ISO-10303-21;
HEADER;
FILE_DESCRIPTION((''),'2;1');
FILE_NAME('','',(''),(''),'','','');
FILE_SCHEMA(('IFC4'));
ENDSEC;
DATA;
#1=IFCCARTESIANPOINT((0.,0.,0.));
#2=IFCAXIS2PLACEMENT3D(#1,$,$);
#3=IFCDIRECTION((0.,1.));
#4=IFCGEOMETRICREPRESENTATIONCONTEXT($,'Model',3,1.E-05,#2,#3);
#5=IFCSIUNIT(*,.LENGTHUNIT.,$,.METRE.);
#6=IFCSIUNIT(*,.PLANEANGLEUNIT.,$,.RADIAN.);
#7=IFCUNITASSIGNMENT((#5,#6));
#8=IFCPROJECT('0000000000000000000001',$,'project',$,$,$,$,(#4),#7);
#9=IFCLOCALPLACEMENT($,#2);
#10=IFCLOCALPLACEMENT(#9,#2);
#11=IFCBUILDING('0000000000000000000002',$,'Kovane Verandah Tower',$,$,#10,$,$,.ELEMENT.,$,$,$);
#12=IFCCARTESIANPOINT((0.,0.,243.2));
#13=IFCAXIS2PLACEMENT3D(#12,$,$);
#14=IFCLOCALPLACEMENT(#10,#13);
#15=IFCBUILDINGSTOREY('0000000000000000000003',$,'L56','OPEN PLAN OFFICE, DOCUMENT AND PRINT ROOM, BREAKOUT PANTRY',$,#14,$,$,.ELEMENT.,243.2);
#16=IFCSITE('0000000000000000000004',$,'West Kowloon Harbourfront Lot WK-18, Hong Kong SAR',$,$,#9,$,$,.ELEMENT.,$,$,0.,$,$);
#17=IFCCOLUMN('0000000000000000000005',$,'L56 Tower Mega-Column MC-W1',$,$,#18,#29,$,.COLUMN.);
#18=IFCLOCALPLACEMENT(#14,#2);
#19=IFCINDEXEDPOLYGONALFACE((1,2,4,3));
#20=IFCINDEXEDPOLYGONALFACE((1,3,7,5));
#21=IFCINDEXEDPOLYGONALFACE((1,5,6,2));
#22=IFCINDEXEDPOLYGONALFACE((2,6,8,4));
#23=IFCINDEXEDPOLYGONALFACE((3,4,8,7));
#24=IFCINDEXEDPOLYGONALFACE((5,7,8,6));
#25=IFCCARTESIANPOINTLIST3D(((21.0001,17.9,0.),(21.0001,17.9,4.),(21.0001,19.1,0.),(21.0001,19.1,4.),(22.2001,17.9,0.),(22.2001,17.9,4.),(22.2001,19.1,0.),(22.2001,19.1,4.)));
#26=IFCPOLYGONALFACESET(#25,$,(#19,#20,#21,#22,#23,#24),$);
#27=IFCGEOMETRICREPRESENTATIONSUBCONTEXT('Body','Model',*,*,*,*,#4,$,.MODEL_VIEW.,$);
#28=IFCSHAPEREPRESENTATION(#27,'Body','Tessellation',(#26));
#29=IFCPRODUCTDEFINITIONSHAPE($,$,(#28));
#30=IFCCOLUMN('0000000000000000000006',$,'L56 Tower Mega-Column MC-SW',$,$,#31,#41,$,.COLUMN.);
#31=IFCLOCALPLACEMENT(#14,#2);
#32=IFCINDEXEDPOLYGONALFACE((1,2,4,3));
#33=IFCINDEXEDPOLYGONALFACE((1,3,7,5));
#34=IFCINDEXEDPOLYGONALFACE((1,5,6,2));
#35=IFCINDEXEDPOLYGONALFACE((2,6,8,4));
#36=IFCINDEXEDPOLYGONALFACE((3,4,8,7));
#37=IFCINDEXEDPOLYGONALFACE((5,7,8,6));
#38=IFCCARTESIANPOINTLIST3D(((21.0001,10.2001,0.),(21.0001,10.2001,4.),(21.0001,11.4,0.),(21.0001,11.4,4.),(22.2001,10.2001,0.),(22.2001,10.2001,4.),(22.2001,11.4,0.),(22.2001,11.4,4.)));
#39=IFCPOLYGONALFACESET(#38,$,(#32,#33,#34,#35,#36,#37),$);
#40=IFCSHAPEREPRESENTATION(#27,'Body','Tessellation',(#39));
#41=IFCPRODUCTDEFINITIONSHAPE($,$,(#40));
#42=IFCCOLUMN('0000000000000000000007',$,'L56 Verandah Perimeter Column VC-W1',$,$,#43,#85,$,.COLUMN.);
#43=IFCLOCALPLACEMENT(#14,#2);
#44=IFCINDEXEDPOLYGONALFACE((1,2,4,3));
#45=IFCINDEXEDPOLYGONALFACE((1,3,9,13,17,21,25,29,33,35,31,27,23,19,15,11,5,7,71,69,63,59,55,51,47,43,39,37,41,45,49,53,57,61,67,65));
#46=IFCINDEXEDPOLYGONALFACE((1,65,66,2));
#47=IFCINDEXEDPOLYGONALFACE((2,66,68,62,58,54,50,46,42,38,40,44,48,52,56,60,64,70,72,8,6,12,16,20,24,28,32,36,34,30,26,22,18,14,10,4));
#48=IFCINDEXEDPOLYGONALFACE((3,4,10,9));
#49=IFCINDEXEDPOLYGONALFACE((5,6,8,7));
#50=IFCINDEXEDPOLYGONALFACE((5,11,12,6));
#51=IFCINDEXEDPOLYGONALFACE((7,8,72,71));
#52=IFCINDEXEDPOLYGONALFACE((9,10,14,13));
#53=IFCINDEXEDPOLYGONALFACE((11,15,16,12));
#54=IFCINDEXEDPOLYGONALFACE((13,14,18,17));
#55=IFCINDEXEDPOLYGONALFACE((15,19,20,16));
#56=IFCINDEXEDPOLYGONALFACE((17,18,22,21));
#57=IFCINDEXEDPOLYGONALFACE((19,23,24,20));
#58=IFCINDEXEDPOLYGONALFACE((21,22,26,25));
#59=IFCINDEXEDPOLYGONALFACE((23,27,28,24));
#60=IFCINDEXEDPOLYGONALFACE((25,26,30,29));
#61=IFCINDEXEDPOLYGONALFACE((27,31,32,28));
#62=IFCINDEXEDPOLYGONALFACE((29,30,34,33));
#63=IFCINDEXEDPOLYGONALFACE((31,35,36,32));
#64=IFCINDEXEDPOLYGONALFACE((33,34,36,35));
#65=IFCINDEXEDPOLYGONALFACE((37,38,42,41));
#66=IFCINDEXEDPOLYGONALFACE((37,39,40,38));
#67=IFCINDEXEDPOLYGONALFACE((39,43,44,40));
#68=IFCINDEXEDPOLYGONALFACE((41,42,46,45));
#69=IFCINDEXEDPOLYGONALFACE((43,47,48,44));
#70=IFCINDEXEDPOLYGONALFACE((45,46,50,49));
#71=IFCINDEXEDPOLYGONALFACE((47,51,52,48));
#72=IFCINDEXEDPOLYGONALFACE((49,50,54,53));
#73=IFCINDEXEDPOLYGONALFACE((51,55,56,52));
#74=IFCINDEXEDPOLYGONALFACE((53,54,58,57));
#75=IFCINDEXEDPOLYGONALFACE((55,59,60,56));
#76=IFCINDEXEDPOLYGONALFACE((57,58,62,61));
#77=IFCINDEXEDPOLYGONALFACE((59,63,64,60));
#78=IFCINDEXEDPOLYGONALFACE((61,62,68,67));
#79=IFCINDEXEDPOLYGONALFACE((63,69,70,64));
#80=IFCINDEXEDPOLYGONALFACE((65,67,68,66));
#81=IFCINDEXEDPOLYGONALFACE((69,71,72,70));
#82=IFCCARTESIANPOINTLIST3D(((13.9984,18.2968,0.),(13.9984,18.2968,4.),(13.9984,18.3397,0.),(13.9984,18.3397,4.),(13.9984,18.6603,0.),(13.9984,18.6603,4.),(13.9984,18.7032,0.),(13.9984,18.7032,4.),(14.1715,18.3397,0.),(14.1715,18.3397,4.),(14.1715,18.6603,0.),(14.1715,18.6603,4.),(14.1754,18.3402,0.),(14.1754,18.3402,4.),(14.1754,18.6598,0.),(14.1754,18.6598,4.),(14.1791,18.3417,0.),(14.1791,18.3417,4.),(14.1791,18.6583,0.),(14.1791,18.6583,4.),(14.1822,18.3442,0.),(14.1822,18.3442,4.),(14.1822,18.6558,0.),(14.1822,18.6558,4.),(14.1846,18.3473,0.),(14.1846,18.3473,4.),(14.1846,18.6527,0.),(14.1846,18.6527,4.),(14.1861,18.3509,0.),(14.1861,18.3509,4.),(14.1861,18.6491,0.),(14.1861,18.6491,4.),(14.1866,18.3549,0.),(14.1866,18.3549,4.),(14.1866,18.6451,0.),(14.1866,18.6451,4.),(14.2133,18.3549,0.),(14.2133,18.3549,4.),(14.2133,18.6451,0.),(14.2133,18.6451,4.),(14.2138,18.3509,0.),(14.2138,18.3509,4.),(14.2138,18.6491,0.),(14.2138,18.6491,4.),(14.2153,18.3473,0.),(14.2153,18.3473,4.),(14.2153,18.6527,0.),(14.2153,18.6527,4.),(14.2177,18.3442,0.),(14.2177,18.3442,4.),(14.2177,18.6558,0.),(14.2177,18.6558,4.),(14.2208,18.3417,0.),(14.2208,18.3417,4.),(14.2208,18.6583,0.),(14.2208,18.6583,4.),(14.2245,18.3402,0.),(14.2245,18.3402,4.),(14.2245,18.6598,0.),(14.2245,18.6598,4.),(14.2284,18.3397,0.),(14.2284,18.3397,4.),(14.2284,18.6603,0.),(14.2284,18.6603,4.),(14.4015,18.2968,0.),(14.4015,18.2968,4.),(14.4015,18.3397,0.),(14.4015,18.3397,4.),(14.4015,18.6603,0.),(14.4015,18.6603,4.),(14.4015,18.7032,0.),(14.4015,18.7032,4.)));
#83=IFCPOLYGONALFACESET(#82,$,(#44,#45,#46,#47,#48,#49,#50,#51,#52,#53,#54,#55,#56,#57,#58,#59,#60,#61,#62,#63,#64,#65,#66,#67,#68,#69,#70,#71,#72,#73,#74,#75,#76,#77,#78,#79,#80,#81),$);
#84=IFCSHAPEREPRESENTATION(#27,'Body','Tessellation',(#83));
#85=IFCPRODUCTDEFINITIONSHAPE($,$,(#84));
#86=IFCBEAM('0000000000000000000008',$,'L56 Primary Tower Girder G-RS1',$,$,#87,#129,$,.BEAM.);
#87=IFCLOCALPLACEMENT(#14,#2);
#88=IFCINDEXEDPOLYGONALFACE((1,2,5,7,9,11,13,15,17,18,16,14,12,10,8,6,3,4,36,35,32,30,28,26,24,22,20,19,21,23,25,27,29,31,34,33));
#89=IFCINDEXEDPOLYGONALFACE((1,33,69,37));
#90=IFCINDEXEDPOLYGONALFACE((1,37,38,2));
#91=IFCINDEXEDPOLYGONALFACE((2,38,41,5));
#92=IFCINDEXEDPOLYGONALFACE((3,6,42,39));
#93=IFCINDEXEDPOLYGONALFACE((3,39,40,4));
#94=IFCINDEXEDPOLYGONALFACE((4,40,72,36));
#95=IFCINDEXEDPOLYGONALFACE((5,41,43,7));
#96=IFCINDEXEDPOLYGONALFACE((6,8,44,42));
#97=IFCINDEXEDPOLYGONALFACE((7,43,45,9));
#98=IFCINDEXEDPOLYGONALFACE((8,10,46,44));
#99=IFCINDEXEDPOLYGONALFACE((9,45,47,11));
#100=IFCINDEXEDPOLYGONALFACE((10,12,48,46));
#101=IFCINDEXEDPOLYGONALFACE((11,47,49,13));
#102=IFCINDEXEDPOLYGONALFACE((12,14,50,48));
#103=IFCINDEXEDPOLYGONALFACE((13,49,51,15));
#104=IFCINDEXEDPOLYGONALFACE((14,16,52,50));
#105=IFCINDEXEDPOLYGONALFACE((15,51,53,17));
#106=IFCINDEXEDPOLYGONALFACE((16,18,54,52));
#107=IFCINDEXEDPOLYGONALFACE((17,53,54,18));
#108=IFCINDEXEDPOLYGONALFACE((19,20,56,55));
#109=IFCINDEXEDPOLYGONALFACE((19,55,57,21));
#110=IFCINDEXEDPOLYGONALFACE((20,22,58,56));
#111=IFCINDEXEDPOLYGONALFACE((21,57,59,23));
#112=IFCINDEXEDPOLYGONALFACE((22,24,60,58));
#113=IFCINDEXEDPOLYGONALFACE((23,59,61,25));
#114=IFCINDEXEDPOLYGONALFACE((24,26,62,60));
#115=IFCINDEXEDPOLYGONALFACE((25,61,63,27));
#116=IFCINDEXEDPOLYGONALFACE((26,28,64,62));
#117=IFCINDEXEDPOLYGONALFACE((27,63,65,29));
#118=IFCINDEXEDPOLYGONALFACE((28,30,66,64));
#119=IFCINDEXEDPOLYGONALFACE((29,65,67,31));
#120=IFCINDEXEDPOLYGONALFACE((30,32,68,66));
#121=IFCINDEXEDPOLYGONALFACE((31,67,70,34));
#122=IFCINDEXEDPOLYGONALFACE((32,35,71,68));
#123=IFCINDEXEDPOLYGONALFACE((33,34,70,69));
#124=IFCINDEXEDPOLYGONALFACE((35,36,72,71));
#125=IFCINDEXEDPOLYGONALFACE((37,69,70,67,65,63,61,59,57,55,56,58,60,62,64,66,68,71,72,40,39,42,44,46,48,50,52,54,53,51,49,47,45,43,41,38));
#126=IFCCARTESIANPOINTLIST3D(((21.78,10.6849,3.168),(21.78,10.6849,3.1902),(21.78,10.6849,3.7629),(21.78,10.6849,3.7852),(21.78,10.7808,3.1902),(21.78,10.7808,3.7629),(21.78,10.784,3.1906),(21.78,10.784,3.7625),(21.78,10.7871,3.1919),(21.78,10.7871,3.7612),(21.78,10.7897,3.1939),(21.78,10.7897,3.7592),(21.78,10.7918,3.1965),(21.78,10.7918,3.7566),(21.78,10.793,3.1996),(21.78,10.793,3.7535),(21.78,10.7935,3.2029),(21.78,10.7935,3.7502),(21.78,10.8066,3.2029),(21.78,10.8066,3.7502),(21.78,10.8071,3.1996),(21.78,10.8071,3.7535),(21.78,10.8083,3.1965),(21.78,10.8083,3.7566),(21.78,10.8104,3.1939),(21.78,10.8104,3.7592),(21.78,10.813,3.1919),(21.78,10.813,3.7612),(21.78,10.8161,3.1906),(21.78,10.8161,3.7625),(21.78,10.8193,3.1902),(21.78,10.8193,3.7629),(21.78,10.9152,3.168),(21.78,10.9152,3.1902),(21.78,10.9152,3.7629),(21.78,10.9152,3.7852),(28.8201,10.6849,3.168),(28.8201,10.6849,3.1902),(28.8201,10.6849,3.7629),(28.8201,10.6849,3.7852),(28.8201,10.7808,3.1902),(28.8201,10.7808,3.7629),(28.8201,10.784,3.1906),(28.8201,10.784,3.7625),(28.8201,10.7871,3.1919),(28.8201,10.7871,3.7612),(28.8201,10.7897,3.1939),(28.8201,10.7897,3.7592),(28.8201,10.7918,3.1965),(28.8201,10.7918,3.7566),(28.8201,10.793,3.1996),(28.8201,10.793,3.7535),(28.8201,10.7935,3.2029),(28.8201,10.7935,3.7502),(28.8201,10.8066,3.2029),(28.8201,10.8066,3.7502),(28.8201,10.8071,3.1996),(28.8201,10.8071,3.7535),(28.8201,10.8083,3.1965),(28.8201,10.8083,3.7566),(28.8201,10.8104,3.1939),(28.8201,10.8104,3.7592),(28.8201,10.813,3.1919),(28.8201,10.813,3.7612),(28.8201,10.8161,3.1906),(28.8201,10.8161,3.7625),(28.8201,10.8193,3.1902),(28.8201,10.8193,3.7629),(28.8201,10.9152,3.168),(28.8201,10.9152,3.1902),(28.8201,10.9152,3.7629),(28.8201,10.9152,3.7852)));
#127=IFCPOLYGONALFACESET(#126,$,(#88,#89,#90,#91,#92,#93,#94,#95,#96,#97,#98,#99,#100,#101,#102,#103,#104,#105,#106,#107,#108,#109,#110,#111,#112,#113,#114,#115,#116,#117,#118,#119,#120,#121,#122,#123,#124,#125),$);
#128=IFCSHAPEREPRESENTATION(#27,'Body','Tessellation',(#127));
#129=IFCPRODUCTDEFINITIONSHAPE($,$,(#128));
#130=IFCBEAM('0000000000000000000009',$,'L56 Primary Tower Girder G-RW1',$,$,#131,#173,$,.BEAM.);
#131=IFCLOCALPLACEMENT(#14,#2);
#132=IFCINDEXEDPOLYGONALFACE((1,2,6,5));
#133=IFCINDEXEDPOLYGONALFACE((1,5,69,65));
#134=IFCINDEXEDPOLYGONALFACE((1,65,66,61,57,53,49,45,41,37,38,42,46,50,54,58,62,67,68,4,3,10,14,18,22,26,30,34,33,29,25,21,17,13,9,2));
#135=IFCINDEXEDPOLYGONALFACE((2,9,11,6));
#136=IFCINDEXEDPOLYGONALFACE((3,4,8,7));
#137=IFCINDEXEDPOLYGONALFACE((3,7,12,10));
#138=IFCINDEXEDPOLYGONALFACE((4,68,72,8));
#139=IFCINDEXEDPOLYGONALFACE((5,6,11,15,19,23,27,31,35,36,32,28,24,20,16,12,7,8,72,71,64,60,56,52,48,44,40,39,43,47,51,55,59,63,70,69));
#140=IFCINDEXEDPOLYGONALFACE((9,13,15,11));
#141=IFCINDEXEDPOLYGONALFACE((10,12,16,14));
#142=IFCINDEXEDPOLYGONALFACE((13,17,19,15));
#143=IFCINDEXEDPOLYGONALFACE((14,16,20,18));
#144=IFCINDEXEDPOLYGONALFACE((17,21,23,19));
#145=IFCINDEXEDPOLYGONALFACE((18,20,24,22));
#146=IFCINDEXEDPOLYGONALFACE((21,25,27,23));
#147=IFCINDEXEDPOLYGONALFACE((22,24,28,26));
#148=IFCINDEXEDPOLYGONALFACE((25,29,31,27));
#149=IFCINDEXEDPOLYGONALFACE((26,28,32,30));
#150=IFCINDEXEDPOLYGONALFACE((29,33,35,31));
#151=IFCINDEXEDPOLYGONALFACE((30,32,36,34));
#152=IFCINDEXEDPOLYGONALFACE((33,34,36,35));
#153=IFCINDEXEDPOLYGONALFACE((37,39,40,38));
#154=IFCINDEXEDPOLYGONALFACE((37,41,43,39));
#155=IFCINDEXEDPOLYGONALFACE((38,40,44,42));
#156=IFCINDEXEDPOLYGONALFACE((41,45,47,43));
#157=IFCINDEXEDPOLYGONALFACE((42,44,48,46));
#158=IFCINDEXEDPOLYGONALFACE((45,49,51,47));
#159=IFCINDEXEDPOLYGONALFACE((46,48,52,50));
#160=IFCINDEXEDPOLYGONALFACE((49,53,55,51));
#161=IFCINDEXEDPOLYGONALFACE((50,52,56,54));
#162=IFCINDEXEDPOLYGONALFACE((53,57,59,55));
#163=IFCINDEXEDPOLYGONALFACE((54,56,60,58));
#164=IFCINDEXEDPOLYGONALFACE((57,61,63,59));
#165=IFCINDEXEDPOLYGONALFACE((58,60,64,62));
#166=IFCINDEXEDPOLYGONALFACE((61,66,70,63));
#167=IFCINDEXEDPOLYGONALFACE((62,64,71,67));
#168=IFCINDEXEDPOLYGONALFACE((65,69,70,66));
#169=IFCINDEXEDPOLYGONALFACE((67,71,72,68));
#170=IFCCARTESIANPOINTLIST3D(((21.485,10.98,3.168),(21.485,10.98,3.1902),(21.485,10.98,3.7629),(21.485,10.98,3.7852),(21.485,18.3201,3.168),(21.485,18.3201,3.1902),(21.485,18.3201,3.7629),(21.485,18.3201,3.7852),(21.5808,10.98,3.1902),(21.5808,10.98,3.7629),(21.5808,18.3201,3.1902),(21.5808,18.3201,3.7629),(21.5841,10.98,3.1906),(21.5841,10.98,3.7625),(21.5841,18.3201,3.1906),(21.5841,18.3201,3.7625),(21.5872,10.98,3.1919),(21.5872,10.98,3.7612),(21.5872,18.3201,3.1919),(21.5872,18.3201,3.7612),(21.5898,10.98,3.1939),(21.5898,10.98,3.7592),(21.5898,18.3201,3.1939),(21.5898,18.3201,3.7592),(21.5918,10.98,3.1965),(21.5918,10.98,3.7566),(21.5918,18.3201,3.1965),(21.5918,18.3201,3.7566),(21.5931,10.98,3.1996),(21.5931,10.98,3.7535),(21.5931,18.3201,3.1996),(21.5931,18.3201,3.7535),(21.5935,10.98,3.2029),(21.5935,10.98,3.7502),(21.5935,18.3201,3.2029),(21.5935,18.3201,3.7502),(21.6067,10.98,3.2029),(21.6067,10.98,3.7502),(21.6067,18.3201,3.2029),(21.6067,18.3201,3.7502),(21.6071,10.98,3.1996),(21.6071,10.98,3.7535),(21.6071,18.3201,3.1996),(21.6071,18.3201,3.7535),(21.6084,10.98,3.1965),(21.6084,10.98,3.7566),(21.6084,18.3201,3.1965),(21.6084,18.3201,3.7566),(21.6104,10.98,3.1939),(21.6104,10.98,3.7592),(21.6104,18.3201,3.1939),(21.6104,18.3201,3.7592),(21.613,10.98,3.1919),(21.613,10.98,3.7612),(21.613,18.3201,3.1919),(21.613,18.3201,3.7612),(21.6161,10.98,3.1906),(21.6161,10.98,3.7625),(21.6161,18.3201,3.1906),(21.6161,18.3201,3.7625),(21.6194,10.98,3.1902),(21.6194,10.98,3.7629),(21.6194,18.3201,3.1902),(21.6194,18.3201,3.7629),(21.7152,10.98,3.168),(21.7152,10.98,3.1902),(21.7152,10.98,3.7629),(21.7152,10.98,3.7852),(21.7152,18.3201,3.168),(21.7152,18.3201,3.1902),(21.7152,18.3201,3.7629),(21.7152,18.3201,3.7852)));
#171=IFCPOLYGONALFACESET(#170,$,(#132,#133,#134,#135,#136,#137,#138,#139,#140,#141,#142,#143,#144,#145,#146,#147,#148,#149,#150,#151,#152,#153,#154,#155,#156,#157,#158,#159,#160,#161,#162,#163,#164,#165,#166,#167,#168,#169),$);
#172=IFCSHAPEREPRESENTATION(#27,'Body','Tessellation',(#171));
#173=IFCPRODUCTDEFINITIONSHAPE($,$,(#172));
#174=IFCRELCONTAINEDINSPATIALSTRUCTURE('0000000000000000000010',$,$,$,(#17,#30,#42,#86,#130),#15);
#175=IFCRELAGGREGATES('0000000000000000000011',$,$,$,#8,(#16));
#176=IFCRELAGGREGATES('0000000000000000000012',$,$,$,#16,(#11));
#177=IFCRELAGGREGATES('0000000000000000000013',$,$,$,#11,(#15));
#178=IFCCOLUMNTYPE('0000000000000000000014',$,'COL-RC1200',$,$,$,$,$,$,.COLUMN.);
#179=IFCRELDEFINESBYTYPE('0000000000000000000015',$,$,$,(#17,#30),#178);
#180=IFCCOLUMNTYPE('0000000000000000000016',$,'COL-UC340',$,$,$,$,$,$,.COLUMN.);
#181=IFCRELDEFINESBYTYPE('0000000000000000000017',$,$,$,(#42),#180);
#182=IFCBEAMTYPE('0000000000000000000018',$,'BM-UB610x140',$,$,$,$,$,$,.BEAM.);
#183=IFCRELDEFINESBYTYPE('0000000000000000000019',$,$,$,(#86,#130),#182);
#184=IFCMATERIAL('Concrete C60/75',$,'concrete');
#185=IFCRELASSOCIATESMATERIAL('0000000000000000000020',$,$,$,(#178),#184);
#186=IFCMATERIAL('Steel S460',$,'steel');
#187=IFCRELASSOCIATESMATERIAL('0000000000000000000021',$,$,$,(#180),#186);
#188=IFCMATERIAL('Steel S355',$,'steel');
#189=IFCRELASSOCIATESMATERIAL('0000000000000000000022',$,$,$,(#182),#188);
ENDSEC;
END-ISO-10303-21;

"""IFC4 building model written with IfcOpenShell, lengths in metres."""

from ifc_helpers import new_model, si_unit, direction, frame, origin, origin_2d, place, context, subcontext, project, spatial, rectangle, i_section, extrude, material, material_profile, profile_set, type_object, element, save


model = new_model("IFC4")

# Units and contexts
model_context = context("Model", 3, precision=1e-05, world=origin(), true_north=direction((0.0, 1.0)))
body_context = subcontext(model_context, "Body", "Model", "MODEL_VIEW")
ifc_project = project(units=[si_unit("LENGTHUNIT", "METRE"), si_unit("PLANEANGLEUNIT", "RADIAN")], contexts=[model_context])

# Site, building, storey
site_placement = place(None, origin())
site = spatial("IfcSite", under=ifc_project, at=site_placement, Name="West Kowloon Harbourfront Lot WK-18, Hong Kong SAR", CompositionType="ELEMENT", RefElevation=0.0)
building_placement = place(site_placement, origin())
building = spatial("IfcBuilding", under=site, at=building_placement, Name="Kovane Verandah Tower", CompositionType="ELEMENT")
storey_placement = place(building_placement, frame((0.0, 0.0, 243.2)))
storey = spatial("IfcBuildingStorey", under=building, at=storey_placement, Name="L56", Description="OPEN PLAN OFFICE, DOCUMENT AND PRINT ROOM, BREAKOUT PANTRY", CompositionType="ELEMENT", Elevation=243.2)

# Columns
ifc_material_1 = material(Name="Concrete C60/75", Category="concrete")
ifc_material_profile_1 = material_profile(ifc_material_1, rectangle(XDim=1.2, YDim=1.2, at=origin_2d()), Name="RC1200x1200")
ifc_profile_set_1 = profile_set([ifc_material_profile_1], Name="Concrete C60/75")
column_type_1 = type_object("IfcColumnType", Name="COL-RC1200", PredefinedType="COLUMN", material=ifc_profile_set_1)
for number, where, z_axis, x_axis, name in (
    (1, (21.6001, 18.5, 0.0), (0.0, 0.0, 1.0), (1.0, 0.0, 0.0), "L56 Tower Mega-Column MC-W1"),
    (2, (21.6001, 10.8, 0.0), (0.0, 0.0, 1.0), (1.0, 0.0, 0.0), "L56 Tower Mega-Column MC-SW"),
):
    element("IfcColumn", number, at=place(storey_placement, frame(where, z_axis=z_axis, x_axis=x_axis)), inside=storey, type_object=column_type_1, Name=name, PredefinedType="COLUMN", context=body_context, shape_type="SweptSolid", body=[
        extrude(rectangle(XDim=1.2, YDim=1.2, at=origin_2d()), origin(), (0.0, 0.0, 1.0), 4.0),
    ])
ifc_material_2 = material(Name="Steel S460", Category="steel")
ifc_material_profile_2 = material_profile(ifc_material_2, i_section(OverallWidth=0.4031, OverallDepth=0.4065, WebThickness=0.0266, FlangeThickness=0.043, FilletRadius=0.0151, at=origin_2d()), Name="UC356x406x340")
ifc_profile_set_2 = profile_set([ifc_material_profile_2], Name="Steel S460")
column_type_2 = type_object("IfcColumnType", Name="COL-UC340", PredefinedType="COLUMN", material=ifc_profile_set_2)
column_placement = place(storey_placement, frame((14.2, 18.5, 0.0), z_axis=(0.0, 0.0, 1.0), x_axis=(1.0, 0.0, 0.0)))
element("IfcColumn", 3, at=column_placement, inside=storey, type_object=column_type_2, Name="L56 Verandah Perimeter Column VC-W1", PredefinedType="COLUMN", context=body_context, shape_type="SweptSolid", body=[
    extrude(i_section(OverallWidth=0.4031, OverallDepth=0.4065, WebThickness=0.0266, FlangeThickness=0.043, FilletRadius=0.0151, at=origin_2d()), origin(), (0.0, 0.0, 1.0), 4.0),
])

# Beams
ifc_material_3 = material(Name="Steel S355", Category="steel")
ifc_material_profile_3 = material_profile(ifc_material_3, i_section(OverallWidth=0.2302, OverallDepth=0.6172, WebThickness=0.0132, FlangeThickness=0.0222, FilletRadius=0.0127, at=origin_2d()), Name="UB610x229x140")
ifc_profile_set_3 = profile_set([ifc_material_profile_3], Name="Steel S355")
beam_type_1 = type_object("IfcBeamType", Name="BM-UB610x140", PredefinedType="BEAM", material=ifc_profile_set_3)
beam_1_placement = place(storey_placement, frame((21.78, 10.8, 3.4766), z_axis=(1.0, 0.0, 0.0), x_axis=(0.0, 1.0, 0.0)))
element("IfcBeam", 4, at=beam_1_placement, inside=storey, type_object=beam_type_1, Name="L56 Primary Tower Girder G-RS1", PredefinedType="BEAM", context=body_context, shape_type="SweptSolid", body=[
    extrude(i_section(OverallWidth=0.2302, OverallDepth=0.6172, WebThickness=0.0132, FlangeThickness=0.0222, FilletRadius=0.0127, at=origin_2d()), origin(), (0.0, 0.0, 1.0), 7.04),
])
beam_2_placement = place(storey_placement, frame((21.6001, 10.98, 3.4766), z_axis=(0.0, 1.0, 0.0), x_axis=(-1.0, 0.0, 0.0)))
element("IfcBeam", 5, at=beam_2_placement, inside=storey, type_object=beam_type_1, Name="L56 Primary Tower Girder G-RW1", PredefinedType="BEAM", context=body_context, shape_type="SweptSolid", body=[
    extrude(i_section(OverallWidth=0.2302, OverallDepth=0.6172, WebThickness=0.0132, FlangeThickness=0.0222, FilletRadius=0.0127, at=origin_2d()), origin(), (0.0, 0.0, 1.0), 7.3401),
])

save(model, "model.ifc")
